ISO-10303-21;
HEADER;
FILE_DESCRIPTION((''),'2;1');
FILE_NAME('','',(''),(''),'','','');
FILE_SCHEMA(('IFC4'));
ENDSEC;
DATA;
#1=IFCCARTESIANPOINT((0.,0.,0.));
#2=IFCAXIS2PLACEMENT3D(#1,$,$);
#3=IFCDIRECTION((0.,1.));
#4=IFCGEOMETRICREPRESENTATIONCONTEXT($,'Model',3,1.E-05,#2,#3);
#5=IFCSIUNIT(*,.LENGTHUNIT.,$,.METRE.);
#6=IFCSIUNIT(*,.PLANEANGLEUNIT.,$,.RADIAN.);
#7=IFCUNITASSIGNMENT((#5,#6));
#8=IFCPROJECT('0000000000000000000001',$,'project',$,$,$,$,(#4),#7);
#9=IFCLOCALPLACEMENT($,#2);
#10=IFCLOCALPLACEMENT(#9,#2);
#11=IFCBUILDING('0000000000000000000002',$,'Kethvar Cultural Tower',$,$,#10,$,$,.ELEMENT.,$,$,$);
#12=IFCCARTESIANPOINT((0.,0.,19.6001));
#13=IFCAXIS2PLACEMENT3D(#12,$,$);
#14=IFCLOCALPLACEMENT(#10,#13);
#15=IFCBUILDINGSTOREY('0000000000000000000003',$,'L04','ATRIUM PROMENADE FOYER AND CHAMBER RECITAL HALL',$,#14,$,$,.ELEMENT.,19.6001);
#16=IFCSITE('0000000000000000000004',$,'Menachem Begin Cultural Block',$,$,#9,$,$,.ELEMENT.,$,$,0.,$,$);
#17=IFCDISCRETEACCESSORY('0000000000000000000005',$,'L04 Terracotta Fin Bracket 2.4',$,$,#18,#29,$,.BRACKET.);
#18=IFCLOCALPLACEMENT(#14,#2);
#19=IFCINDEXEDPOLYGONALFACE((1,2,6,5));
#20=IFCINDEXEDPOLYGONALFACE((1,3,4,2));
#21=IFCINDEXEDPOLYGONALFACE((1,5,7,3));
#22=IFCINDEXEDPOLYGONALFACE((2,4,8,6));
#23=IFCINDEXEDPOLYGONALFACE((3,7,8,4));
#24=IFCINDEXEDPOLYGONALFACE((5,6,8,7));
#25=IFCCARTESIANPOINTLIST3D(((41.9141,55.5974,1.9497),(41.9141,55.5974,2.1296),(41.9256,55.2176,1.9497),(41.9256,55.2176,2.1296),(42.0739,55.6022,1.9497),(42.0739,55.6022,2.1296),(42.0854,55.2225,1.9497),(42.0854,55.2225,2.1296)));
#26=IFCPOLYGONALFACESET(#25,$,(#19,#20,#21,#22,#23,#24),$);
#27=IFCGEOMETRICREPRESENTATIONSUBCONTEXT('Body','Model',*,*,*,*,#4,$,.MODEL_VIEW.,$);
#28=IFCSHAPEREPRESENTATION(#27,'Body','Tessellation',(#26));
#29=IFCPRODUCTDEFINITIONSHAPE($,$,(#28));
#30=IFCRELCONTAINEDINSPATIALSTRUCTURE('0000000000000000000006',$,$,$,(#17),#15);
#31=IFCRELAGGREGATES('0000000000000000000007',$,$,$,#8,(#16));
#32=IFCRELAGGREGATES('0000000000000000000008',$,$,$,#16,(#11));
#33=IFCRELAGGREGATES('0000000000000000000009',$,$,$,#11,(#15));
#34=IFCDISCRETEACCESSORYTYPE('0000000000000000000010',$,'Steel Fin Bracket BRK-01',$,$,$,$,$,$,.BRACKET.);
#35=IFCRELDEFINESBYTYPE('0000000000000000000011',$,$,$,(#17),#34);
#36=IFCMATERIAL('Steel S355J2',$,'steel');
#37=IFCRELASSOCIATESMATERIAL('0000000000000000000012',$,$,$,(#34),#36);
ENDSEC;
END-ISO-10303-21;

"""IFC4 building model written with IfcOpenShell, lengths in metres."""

from ifc_helpers import new_model, si_unit, direction, frame, origin, origin_2d, place, context, subcontext, project, spatial, rectangle, extrude, source, transform, mapped, material, type_object, element, save


model = new_model("IFC4")

# Units and contexts
model_context = context("Model", 3, precision=1e-05, world=origin(), true_north=direction((0.0, 1.0)))
body_context = subcontext(model_context, "Body", "Model", "MODEL_VIEW")
ifc_project = project(units=[si_unit("LENGTHUNIT", "METRE"), si_unit("PLANEANGLEUNIT", "RADIAN")], contexts=[model_context])

# Site, building, storey
site_placement = place(None, origin())
site = spatial("IfcSite", under=ifc_project, at=site_placement, Name="Menachem Begin Cultural Block", CompositionType="ELEMENT", RefElevation=0.0)
building_placement = place(site_placement, origin())
building = spatial("IfcBuilding", under=site, at=building_placement, Name="Kethvar Cultural Tower", CompositionType="ELEMENT")
storey_placement = place(building_placement, frame((0.0, 0.0, 19.6001)))
storey = spatial("IfcBuildingStorey", under=building, at=storey_placement, Name="L04", Description="ATRIUM PROMENADE FOYER AND CHAMBER RECITAL HALL", CompositionType="ELEMENT", Elevation=19.6001)

# Shared definitions
ifc_material_1 = material(Name="Steel S355J2", Category="steel")

# Discrete accessory
discrete_accessory_type = type_object("IfcDiscreteAccessoryType", Name="Steel Fin Bracket BRK-01", PredefinedType="BRACKET", material=ifc_material_1)
shared_shape_1 = source(origin(), body_context, "Body", "SweptSolid", [
    extrude(rectangle(XDim=0.3799, YDim=0.1599, at=origin_2d()), origin(), (0.0, 0.0, 1.0), 0.1799),
])
for number, where, z_axis, x_axis, name in (
    (1, (41.9998, 55.4099, 1.9497), (0.0, 0.0, 1.0), (-0.03019, 0.999544, 0.0), "L04 Terracotta Fin Bracket 2.4"),
):
    element("IfcDiscreteAccessory", number, at=place(storey_placement, frame(where, z_axis=z_axis, x_axis=x_axis)), inside=storey, type_object=discrete_accessory_type, Name=name, PredefinedType="BRACKET", context=body_context, shape_type="MappedRepresentation", body=[
        mapped(shared_shape_1, transform((0.0, 0.0, 0.0), scale=1.0)),
    ])

save(model, "model.ifc")
